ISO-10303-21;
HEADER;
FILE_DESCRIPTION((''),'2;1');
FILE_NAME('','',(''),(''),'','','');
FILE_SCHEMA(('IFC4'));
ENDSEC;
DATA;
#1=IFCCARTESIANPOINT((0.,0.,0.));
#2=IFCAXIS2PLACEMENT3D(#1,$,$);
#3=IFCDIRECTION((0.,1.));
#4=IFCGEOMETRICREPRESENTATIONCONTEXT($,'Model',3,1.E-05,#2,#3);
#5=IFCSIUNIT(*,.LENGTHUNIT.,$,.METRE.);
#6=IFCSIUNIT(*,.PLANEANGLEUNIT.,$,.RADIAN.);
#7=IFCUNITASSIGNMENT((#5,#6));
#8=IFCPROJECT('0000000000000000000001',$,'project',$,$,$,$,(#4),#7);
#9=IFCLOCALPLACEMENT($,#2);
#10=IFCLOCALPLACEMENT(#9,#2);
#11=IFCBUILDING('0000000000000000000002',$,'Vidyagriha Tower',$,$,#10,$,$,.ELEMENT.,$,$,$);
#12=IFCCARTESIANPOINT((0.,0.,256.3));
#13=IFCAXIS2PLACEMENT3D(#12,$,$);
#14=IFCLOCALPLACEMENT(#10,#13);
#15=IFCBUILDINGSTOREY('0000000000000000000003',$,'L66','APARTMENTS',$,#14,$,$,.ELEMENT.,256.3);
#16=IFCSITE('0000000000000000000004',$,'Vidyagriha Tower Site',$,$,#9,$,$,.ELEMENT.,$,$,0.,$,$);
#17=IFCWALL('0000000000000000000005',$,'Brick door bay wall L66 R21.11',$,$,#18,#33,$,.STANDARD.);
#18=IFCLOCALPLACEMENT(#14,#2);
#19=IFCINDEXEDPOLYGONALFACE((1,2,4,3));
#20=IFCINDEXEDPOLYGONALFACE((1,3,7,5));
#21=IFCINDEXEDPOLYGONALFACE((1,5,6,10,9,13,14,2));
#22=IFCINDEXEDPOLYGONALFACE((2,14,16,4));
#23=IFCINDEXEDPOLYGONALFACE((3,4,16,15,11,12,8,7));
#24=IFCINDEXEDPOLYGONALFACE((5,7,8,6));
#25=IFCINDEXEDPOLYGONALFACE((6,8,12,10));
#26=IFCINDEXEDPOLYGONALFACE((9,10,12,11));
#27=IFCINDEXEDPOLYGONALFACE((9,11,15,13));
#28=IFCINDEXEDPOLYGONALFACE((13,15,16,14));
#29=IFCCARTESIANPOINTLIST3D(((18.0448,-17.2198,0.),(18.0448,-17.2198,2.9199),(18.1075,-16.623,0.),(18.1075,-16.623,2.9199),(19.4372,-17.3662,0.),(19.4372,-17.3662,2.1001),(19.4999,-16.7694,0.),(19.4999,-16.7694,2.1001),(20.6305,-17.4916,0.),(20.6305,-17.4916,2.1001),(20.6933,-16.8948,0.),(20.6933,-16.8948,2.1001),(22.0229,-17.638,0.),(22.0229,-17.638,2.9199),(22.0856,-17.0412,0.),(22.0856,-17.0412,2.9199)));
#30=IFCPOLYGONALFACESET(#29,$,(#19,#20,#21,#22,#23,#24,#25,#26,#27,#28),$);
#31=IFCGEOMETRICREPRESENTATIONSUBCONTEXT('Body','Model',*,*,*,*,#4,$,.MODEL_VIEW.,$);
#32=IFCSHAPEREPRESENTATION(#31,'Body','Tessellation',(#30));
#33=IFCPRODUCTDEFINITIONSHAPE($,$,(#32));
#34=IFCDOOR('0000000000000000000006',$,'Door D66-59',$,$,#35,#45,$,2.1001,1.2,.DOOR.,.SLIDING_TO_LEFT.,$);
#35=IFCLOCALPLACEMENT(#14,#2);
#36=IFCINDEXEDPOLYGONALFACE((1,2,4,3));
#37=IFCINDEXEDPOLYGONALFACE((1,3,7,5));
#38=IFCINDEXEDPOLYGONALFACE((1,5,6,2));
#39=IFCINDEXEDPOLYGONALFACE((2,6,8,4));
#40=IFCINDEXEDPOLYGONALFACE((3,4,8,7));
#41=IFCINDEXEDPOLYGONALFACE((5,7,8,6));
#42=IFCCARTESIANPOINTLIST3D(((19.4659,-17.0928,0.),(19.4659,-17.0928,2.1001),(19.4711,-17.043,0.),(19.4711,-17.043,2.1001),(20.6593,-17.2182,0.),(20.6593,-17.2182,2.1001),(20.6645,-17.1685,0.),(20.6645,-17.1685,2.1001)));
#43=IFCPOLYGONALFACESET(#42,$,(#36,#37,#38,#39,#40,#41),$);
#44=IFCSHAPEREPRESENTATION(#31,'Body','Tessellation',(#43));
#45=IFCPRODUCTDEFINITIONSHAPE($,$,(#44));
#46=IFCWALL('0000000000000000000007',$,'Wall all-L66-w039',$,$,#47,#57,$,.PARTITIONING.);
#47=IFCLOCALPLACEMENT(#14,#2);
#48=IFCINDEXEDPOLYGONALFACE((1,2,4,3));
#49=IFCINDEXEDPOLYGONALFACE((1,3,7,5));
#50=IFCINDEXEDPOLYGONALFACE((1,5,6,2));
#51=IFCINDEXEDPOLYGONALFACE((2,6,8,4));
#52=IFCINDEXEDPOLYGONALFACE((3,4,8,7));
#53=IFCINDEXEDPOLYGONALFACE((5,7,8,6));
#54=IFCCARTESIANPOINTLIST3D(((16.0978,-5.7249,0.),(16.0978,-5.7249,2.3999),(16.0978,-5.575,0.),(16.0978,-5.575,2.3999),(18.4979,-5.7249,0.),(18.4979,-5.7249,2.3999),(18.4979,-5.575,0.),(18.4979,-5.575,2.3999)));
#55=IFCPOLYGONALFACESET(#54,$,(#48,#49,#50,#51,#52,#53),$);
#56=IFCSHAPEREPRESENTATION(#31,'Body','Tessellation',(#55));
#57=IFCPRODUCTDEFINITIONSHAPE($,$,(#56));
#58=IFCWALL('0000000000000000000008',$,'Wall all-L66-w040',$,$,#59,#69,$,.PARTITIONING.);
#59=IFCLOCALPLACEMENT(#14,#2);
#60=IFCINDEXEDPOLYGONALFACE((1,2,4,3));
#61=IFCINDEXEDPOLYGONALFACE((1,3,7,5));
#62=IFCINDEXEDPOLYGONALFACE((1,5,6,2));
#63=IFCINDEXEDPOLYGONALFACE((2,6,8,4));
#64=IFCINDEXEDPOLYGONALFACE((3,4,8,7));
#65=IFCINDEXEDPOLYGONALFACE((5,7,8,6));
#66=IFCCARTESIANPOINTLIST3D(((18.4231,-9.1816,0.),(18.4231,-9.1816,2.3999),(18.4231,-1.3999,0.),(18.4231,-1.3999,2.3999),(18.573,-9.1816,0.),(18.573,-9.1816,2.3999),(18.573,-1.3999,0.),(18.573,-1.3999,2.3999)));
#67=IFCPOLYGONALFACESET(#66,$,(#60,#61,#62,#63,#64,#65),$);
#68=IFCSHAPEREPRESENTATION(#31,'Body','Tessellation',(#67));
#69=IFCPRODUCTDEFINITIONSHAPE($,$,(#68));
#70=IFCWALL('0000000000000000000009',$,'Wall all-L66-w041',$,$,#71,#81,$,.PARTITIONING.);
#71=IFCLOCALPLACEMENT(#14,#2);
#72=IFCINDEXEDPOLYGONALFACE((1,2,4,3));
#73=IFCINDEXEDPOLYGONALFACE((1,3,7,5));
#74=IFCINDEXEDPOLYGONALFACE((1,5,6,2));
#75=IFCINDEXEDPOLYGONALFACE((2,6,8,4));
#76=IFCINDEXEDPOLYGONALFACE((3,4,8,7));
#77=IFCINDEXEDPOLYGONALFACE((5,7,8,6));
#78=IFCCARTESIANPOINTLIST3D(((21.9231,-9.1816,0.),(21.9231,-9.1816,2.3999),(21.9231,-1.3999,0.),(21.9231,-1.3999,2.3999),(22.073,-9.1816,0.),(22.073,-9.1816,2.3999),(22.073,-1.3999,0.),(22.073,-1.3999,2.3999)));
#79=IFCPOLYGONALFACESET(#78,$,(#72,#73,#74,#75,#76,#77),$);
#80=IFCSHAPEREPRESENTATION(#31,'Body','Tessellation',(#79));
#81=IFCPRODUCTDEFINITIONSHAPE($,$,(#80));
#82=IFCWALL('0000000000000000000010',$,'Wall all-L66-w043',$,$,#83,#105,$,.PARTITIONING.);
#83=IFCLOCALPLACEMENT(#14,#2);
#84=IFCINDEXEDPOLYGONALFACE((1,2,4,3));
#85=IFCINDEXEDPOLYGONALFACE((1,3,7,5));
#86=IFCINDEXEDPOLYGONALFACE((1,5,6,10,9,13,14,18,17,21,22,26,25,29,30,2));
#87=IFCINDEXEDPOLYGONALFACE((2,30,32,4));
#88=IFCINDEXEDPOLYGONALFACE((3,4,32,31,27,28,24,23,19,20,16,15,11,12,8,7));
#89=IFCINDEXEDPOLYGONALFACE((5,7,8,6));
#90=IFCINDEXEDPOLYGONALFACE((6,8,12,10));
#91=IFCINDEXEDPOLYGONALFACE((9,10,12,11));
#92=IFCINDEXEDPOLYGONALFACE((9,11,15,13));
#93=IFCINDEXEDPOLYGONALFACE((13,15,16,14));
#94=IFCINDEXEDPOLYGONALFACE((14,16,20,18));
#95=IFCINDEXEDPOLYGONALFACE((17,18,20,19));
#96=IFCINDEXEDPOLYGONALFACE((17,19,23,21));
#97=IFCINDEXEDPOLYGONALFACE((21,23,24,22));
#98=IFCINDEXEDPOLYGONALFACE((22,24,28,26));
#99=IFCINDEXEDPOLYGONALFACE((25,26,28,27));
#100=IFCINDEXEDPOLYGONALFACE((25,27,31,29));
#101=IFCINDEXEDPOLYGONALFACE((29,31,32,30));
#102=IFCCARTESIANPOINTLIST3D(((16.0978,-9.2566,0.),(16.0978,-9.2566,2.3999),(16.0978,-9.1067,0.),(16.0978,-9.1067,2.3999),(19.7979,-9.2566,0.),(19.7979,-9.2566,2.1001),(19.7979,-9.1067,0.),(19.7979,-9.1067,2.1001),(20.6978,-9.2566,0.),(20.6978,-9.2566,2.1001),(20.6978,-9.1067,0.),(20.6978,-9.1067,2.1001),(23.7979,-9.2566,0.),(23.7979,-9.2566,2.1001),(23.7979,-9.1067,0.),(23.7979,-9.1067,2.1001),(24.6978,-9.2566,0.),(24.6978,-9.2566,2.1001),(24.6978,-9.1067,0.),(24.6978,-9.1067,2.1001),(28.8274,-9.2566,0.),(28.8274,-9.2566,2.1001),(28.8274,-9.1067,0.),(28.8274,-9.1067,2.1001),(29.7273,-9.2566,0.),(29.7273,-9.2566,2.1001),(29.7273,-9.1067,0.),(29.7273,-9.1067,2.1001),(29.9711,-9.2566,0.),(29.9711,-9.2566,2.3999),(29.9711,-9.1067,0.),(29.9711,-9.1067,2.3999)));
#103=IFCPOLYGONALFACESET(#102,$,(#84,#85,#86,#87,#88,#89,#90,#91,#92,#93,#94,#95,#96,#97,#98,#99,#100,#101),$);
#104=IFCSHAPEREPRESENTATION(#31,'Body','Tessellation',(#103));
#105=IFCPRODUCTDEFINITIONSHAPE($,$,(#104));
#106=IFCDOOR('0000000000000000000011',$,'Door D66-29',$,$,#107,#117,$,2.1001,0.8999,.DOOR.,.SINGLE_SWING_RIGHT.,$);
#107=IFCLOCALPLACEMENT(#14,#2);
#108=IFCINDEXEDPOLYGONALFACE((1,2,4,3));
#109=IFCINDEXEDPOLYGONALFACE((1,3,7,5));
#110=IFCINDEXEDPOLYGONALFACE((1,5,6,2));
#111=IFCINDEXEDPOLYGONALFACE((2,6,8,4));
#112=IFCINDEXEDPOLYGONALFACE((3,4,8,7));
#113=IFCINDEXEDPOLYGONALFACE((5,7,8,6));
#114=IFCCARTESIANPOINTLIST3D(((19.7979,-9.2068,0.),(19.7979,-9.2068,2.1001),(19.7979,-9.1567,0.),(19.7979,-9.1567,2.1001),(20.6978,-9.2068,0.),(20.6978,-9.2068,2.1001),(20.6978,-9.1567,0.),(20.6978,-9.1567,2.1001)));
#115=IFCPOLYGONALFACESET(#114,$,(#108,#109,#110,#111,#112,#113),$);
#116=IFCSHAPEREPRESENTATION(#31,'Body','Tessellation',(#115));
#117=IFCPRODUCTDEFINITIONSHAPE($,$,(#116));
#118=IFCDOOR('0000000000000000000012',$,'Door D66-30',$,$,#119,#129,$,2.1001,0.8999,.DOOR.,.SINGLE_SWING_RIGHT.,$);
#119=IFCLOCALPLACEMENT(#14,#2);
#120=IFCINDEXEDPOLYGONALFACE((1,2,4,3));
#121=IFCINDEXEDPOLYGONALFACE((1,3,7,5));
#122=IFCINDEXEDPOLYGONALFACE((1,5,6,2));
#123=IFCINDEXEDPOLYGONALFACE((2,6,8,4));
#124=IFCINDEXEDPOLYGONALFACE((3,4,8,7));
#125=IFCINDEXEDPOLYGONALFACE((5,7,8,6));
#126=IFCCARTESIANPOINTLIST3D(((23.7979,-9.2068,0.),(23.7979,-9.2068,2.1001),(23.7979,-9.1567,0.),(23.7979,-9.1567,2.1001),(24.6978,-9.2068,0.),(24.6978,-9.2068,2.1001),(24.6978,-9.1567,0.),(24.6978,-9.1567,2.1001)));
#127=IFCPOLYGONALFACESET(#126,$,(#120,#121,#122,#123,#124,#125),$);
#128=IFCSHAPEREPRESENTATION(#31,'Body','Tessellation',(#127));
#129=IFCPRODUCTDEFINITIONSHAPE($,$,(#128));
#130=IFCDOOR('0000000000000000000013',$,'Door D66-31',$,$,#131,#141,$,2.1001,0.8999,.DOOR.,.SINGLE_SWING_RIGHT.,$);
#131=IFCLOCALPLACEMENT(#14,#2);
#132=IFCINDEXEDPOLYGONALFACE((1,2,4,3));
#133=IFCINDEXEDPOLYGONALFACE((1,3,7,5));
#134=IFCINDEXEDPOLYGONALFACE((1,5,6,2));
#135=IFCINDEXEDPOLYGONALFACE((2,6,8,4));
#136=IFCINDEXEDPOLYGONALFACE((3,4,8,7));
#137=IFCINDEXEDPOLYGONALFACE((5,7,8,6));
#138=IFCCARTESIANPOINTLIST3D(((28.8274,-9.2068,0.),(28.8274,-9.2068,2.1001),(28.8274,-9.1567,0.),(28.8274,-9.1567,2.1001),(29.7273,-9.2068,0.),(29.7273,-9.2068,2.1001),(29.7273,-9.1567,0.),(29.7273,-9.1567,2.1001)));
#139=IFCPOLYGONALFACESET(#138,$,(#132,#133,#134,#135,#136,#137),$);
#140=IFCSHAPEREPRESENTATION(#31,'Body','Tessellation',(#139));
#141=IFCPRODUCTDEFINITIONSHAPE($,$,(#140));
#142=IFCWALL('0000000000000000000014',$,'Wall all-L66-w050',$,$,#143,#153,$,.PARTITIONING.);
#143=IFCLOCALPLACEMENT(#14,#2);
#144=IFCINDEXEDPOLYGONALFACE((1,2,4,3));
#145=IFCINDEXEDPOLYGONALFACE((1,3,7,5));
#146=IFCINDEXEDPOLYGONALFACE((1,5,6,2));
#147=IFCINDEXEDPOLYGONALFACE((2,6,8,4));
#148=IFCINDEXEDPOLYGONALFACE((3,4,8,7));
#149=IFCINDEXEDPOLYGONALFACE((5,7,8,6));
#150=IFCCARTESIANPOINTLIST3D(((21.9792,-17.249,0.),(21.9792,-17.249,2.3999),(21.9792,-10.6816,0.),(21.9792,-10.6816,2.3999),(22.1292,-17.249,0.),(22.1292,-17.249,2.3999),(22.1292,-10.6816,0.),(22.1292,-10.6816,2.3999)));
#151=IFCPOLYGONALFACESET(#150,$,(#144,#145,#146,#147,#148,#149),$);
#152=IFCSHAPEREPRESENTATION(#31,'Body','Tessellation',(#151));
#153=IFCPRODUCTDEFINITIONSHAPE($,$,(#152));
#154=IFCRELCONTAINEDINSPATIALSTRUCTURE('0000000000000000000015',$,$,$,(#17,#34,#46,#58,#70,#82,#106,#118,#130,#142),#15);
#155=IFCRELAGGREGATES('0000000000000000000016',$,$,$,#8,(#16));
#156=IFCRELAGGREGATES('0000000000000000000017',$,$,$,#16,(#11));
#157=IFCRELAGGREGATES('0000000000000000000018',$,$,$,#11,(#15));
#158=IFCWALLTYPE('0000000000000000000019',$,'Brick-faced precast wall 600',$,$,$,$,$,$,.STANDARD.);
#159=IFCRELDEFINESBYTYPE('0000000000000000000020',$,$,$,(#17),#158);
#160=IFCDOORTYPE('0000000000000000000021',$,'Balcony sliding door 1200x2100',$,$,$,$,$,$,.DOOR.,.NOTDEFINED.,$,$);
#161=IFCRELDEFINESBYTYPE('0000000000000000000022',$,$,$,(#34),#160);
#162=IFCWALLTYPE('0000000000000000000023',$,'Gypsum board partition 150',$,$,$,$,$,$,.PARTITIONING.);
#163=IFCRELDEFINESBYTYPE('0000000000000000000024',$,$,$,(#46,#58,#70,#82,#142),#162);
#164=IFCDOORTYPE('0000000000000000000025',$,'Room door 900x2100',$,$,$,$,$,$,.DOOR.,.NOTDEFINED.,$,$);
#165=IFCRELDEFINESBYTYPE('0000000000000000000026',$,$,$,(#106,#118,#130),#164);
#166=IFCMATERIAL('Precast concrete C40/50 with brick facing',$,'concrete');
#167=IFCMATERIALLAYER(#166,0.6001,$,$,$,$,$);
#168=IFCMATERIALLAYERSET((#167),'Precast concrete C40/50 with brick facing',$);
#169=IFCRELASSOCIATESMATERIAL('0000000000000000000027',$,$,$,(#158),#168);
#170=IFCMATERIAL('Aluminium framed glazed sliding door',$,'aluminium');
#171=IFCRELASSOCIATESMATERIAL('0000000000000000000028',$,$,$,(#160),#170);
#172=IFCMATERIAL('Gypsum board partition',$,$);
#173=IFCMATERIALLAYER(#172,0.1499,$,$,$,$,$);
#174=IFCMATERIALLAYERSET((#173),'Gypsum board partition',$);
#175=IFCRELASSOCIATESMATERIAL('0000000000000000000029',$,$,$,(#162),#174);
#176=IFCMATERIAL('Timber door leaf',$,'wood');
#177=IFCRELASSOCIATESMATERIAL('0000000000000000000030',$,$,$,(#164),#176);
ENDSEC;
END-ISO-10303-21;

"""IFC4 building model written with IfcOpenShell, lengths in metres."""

from ifc_helpers import new_model, si_unit, direction, frame, frame_2d, origin, place, context, subcontext, project, spatial, rectangle, extrude, material, layer, layer_set, type_object, element, fill, save


model = new_model("IFC4")

# Units and contexts
model_context = context("Model", 3, precision=1e-05, world=origin(), true_north=direction((0.0, 1.0)))
body_context = subcontext(model_context, "Body", "Model", "MODEL_VIEW")
ifc_project = project(units=[si_unit("LENGTHUNIT", "METRE"), si_unit("PLANEANGLEUNIT", "RADIAN")], contexts=[model_context])

# Site, building, storey
site_placement = place(None, origin())
site = spatial("IfcSite", under=ifc_project, at=site_placement, Name="Vidyagriha Tower Site", CompositionType="ELEMENT", RefElevation=0.0)
building_placement = place(site_placement, origin())
building = spatial("IfcBuilding", under=site, at=building_placement, Name="Vidyagriha Tower", CompositionType="ELEMENT")
storey_placement = place(building_placement, frame((0.0, 0.0, 256.3)))
storey = spatial("IfcBuildingStorey", under=building, at=storey_placement, Name="L66", Description="APARTMENTS", CompositionType="ELEMENT", Elevation=256.3)

# Wall, opening, door
ifc_material_1 = material(Name="Precast concrete C40/50 with brick facing", Category="concrete")
ifc_layer_1 = layer(ifc_material_1, 0.6001)
ifc_layer_set_1 = layer_set([ifc_layer_1], Name="Precast concrete C40/50 with brick facing")
wall_type_1 = type_object("IfcWallType", Name="Brick-faced precast wall 600", PredefinedType="STANDARD", material=ifc_layer_set_1)
wall_1_placement = place(storey_placement, frame((18.0762, -16.9214, 0.0), z_axis=(0.0, 0.0, 1.0), x_axis=(0.994519, -0.104555, 0.0)))
wall_1 = element("IfcWall", 1, at=wall_1_placement, inside=storey, type_object=wall_type_1, Name="Brick door bay wall L66 R21.11", PredefinedType="STANDARD", context=body_context, shape_type="SweptSolid", body=[
    extrude(rectangle(XDim=4.0, YDim=0.6001, at=frame_2d((2.0, 0.0))), origin(), (0.0, 0.0, 1.0), 2.9199),
])
opening_1_placement = place(wall_1_placement, frame((1.3999, 0.0, 0.0)))
opening_1 = element("IfcOpeningElement", 2, at=opening_1_placement, cuts=wall_1, PredefinedType="OPENING", context=body_context, shape_type="SweptSolid", body=[
    extrude(rectangle(XDim=1.2, YDim=2.1001, at=frame_2d((0.6001, 1.05))), frame((0.0, 0.3101, 0.0), z_axis=(0.0, -1.0, 0.0), x_axis=(1.0, 0.0, 0.0)), (0.0, 0.0, 1.0), 0.6201),
])
ifc_material_2 = material(Name="Aluminium framed glazed sliding door", Category="aluminium")
door_type_1 = type_object("IfcDoorType", Name="Balcony sliding door 1200x2100", OperationType="NOTDEFINED", PredefinedType="DOOR", material=ifc_material_2)
door_1_placement = place(opening_1_placement, origin())
door_1 = element("IfcDoor", 3, at=door_1_placement, inside=storey, type_object=door_type_1, Name="Door D66-59", OperationType="SLIDING_TO_LEFT", OverallHeight=2.1001, OverallWidth=1.2, PredefinedType="DOOR", context=body_context, shape_type="SweptSolid", body=[
    extrude(rectangle(XDim=1.2, YDim=2.1001, at=frame_2d((0.6001, 1.05))), frame((0.0, 0.0249, 0.0), z_axis=(0.0, -1.0, 0.0), x_axis=(1.0, 0.0, 0.0)), (0.0, 0.0, 1.0), 0.05),
])
fill(opening_1, door_1)

# Walls
ifc_material_3 = material(Name="Gypsum board partition")
ifc_layer_2 = layer(ifc_material_3, 0.1499)
ifc_layer_set_2 = layer_set([ifc_layer_2], Name="Gypsum board partition")
wall_type_2 = type_object("IfcWallType", Name="Gypsum board partition 150", PredefinedType="PARTITIONING", material=ifc_layer_set_2)
wall_2_placement = place(storey_placement, frame((18.498, -5.6499, 0.0), z_axis=(0.0, 0.0, 1.0), x_axis=(-1.0, 0.0, 0.0)))
element("IfcWall", 4, at=wall_2_placement, inside=storey, type_object=wall_type_2, Name="Wall all-L66-w039", PredefinedType="PARTITIONING", context=body_context, shape_type="SweptSolid", body=[
    extrude(rectangle(XDim=2.4001, YDim=0.1499, at=frame_2d((1.2002, 0.0))), origin(), (0.0, 0.0, 1.0), 2.3999),
])
for number, where, z_axis, x_axis, name in (
    (5, (18.498, -1.3999, 0.0), (0.0, 0.0, 1.0), (0.0, -1.0, 0.0), "Wall all-L66-w040"),
    (6, (21.998, -1.3999, 0.0), (0.0, 0.0, 1.0), (0.0, -1.0, 0.0), "Wall all-L66-w041"),
):
    element("IfcWall", number, at=place(storey_placement, frame(where, z_axis=z_axis, x_axis=x_axis)), inside=storey, type_object=wall_type_2, Name=name, PredefinedType="PARTITIONING", context=body_context, shape_type="SweptSolid", body=[
        extrude(rectangle(XDim=7.7817, YDim=0.1499, at=frame_2d((3.8909, 0.0))), origin(), (0.0, 0.0, 1.0), 2.3999),
    ])

# Wall, openings, doors
wall_3_placement = place(storey_placement, frame((16.0979, -9.1816, 0.0)))
wall_3 = element("IfcWall", 7, at=wall_3_placement, inside=storey, type_object=wall_type_2, Name="Wall all-L66-w043", PredefinedType="PARTITIONING", context=body_context, shape_type="SweptSolid", body=[
    extrude(rectangle(XDim=13.8733, YDim=0.1499, at=frame_2d((6.9365, 0.0))), origin(), (0.0, 0.0, 1.0), 2.3999),
])
opening_2_placement = place(wall_3_placement, frame((3.7, 0.0, 0.0)))
opening_2 = element("IfcOpeningElement", 8, at=opening_2_placement, cuts=wall_3, PredefinedType="OPENING", context=body_context, shape_type="SweptSolid", body=[
    extrude(rectangle(XDim=0.8999, YDim=2.1001, at=frame_2d((0.45, 1.05))), frame((0.0, 0.085, 0.0), z_axis=(0.0, -1.0, 0.0), x_axis=(1.0, 0.0, 0.0)), (0.0, 0.0, 1.0), 0.1699),
])
opening_3_placement = place(wall_3_placement, frame((7.7, 0.0, 0.0)))
opening_3 = element("IfcOpeningElement", 9, at=opening_3_placement, cuts=wall_3, PredefinedType="OPENING", context=body_context, shape_type="SweptSolid", body=[
    extrude(rectangle(XDim=0.8999, YDim=2.1001, at=frame_2d((0.45, 1.05))), frame((0.0, 0.085, 0.0), z_axis=(0.0, -1.0, 0.0), x_axis=(1.0, 0.0, 0.0)), (0.0, 0.0, 1.0), 0.1699),
])
opening_4_placement = place(wall_3_placement, frame((12.7295, 0.0, 0.0)))
opening_4 = element("IfcOpeningElement", 10, at=opening_4_placement, cuts=wall_3, PredefinedType="OPENING", context=body_context, shape_type="SweptSolid", body=[
    extrude(rectangle(XDim=0.8999, YDim=2.1001, at=frame_2d((0.45, 1.05))), frame((0.0, 0.085, 0.0), z_axis=(0.0, -1.0, 0.0), x_axis=(1.0, 0.0, 0.0)), (0.0, 0.0, 1.0), 0.1699),
])
ifc_material_4 = material(Name="Timber door leaf", Category="wood")
door_type_2 = type_object("IfcDoorType", Name="Room door 900x2100", OperationType="NOTDEFINED", PredefinedType="DOOR", material=ifc_material_4)
door_2_placement = place(opening_2_placement, origin())
door_2 = element("IfcDoor", 11, at=door_2_placement, inside=storey, type_object=door_type_2, Name="Door D66-29", OperationType="SINGLE_SWING_RIGHT", OverallHeight=2.1001, OverallWidth=0.8999, PredefinedType="DOOR", context=body_context, shape_type="SweptSolid", body=[
    extrude(rectangle(XDim=0.8999, YDim=2.1001, at=frame_2d((0.45, 1.05))), frame((0.0, 0.0249, 0.0), z_axis=(0.0, -1.0, 0.0), x_axis=(1.0, 0.0, 0.0)), (0.0, 0.0, 1.0), 0.05),
])
fill(opening_2, door_2)
door_3_placement = place(opening_3_placement, origin())
door_3 = element("IfcDoor", 12, at=door_3_placement, inside=storey, type_object=door_type_2, Name="Door D66-30", OperationType="SINGLE_SWING_RIGHT", OverallHeight=2.1001, OverallWidth=0.8999, PredefinedType="DOOR", context=body_context, shape_type="SweptSolid", body=[
    extrude(rectangle(XDim=0.8999, YDim=2.1001, at=frame_2d((0.45, 1.05))), frame((0.0, 0.0249, 0.0), z_axis=(0.0, -1.0, 0.0), x_axis=(1.0, 0.0, 0.0)), (0.0, 0.0, 1.0), 0.05),
])
fill(opening_3, door_3)
door_4_placement = place(opening_4_placement, origin())
door_4 = element("IfcDoor", 13, at=door_4_placement, inside=storey, type_object=door_type_2, Name="Door D66-31", OperationType="SINGLE_SWING_RIGHT", OverallHeight=2.1001, OverallWidth=0.8999, PredefinedType="DOOR", context=body_context, shape_type="SweptSolid", body=[
    extrude(rectangle(XDim=0.8999, YDim=2.1001, at=frame_2d((0.45, 1.05))), frame((0.0, 0.0249, 0.0), z_axis=(0.0, -1.0, 0.0), x_axis=(1.0, 0.0, 0.0)), (0.0, 0.0, 1.0), 0.05),
])
fill(opening_4, door_4)

# Wall
wall_4_placement = place(storey_placement, frame((22.0542, -10.6816, 0.0), z_axis=(0.0, 0.0, 1.0), x_axis=(0.0, -1.0, 0.0)))
element("IfcWall", 14, at=wall_4_placement, inside=storey, type_object=wall_type_2, Name="Wall all-L66-w050", PredefinedType="PARTITIONING", context=body_context, shape_type="SweptSolid", body=[
    extrude(rectangle(XDim=6.5674, YDim=0.1499, at=frame_2d((3.2837, 0.0))), origin(), (0.0, 0.0, 1.0), 2.3999),
])

save(model, "model.ifc")
